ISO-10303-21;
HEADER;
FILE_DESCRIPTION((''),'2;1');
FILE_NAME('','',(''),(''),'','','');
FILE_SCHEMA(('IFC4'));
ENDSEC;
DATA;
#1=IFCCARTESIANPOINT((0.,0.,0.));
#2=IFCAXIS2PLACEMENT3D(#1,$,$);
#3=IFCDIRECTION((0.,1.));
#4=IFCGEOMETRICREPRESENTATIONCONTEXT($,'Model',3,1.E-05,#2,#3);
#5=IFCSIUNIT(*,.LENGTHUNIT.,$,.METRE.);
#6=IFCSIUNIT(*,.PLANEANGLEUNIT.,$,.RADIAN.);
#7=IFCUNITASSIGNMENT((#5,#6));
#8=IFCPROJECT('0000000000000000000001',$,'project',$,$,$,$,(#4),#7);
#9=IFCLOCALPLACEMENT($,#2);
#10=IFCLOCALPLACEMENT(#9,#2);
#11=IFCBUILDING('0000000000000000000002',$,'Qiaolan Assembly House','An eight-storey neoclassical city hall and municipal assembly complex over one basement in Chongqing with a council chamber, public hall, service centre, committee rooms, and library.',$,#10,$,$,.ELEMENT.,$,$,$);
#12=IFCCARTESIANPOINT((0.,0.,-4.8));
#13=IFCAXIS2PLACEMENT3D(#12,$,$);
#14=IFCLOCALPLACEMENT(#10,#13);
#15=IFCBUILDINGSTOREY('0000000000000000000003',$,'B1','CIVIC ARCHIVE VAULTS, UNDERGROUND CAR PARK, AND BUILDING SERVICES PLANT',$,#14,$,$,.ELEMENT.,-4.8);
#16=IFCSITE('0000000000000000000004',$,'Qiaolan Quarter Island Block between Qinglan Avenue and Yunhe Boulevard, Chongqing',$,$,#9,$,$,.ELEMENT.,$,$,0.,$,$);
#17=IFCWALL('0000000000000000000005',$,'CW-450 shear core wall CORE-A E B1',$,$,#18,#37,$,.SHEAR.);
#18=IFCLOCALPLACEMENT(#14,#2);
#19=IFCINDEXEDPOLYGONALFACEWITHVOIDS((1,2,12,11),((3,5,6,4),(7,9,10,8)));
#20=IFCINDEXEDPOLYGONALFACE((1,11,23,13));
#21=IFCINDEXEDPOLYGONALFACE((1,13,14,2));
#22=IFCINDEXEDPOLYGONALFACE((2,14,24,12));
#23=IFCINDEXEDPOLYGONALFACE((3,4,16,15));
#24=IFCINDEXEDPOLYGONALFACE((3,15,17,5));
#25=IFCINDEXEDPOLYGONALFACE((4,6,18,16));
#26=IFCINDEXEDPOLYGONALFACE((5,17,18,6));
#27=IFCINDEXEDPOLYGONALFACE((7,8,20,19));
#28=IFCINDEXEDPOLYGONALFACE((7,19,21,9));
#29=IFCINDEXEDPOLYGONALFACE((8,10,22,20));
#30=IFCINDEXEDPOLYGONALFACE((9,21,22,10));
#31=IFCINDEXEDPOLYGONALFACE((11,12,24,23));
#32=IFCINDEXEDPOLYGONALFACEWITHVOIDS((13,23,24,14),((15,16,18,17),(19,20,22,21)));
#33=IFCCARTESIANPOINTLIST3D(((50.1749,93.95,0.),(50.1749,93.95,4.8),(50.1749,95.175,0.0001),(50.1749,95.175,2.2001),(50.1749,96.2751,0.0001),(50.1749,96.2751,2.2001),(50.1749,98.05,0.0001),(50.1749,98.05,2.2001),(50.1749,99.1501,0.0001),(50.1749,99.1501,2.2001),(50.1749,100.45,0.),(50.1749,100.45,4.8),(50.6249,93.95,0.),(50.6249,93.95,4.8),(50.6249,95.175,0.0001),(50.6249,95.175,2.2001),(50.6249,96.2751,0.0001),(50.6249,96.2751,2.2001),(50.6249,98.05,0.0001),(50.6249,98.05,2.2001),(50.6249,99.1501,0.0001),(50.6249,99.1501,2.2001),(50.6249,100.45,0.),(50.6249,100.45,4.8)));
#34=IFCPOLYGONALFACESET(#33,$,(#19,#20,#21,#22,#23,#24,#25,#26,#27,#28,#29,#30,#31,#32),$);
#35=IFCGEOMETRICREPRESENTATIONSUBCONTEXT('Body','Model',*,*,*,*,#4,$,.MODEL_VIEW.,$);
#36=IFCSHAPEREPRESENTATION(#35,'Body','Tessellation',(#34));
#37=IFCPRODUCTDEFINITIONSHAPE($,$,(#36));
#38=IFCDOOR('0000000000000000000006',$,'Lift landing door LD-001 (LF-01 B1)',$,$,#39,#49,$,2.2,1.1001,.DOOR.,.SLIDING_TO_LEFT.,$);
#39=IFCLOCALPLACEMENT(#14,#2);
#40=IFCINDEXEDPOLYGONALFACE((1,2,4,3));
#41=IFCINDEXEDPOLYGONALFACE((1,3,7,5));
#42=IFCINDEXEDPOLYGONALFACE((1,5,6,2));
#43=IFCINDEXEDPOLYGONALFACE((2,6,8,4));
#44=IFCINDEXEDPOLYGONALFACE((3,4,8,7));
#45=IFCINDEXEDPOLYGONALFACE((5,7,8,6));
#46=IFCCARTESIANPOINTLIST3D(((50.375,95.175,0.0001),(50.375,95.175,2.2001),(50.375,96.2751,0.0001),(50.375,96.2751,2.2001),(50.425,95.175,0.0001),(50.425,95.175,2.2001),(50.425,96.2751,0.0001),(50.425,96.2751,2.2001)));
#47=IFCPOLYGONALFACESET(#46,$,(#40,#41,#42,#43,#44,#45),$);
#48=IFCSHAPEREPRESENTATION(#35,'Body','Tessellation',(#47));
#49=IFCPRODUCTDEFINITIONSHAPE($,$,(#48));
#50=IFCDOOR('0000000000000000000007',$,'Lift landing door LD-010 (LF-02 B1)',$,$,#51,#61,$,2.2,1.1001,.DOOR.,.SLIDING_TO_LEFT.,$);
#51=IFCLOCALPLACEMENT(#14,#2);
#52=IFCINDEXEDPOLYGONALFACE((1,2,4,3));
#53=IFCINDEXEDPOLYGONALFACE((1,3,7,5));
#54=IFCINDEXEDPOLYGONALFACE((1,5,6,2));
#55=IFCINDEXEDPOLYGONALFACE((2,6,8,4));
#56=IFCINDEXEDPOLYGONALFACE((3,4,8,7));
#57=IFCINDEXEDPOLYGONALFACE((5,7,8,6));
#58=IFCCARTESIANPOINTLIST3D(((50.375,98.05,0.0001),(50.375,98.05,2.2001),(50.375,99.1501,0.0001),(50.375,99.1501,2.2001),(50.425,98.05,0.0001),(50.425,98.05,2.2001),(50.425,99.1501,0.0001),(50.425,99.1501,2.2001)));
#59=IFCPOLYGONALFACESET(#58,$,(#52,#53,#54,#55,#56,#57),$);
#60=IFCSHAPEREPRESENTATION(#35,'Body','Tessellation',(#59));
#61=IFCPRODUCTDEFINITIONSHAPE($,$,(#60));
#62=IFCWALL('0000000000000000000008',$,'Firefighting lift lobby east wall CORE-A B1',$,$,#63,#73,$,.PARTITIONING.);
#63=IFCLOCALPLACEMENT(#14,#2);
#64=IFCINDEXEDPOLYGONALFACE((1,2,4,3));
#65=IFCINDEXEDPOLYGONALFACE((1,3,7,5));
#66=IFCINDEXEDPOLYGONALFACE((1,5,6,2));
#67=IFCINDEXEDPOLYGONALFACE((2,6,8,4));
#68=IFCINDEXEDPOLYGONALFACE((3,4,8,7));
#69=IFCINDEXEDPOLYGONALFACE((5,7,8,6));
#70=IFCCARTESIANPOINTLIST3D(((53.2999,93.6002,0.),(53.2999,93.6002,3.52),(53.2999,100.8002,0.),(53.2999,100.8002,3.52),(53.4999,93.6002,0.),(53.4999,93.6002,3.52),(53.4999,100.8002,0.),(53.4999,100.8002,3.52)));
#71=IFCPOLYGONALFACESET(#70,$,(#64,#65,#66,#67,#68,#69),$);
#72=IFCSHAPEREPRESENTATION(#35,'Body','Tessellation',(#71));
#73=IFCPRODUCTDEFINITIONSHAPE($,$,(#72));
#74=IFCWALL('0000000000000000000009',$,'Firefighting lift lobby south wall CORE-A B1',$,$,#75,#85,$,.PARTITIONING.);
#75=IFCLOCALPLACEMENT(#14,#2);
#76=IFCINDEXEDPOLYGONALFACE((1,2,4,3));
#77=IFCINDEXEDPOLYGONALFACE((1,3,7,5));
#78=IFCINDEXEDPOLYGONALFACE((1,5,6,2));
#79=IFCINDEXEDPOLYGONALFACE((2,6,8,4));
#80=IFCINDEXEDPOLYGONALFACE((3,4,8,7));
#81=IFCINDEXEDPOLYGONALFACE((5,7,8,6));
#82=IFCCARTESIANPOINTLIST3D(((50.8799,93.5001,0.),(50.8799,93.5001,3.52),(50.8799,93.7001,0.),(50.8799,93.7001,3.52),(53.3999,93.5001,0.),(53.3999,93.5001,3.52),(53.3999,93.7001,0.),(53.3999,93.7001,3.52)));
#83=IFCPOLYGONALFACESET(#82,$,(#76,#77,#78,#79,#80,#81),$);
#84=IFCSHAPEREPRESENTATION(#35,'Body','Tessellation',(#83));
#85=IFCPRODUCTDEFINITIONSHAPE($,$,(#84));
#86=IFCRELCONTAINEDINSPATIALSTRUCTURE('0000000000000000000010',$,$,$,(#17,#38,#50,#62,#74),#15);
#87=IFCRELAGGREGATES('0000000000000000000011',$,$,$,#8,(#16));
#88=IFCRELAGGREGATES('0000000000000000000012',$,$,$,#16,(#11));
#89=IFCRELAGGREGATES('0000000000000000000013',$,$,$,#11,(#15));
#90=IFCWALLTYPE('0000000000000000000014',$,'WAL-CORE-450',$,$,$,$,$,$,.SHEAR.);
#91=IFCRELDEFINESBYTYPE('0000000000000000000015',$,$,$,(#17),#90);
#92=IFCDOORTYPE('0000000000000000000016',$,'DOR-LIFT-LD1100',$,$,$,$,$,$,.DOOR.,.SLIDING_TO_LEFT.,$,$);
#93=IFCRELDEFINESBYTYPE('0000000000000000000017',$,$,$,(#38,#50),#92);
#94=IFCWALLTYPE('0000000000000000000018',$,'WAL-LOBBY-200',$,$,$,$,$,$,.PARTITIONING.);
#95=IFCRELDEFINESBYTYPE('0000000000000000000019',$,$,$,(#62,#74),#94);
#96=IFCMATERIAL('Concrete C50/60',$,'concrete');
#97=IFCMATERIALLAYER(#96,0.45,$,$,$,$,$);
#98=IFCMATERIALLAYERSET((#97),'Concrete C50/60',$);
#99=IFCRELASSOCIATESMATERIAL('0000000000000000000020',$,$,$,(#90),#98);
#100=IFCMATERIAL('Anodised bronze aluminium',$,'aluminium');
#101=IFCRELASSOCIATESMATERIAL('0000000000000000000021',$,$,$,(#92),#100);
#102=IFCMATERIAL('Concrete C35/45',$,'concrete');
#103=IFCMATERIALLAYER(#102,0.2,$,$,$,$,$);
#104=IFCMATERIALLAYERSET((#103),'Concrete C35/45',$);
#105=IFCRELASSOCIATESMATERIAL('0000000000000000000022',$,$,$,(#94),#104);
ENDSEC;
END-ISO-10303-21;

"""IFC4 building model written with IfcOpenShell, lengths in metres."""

from ifc_helpers import new_model, si_unit, direction, frame, frame_2d, origin, place, context, subcontext, project, spatial, rectangle, extrude, material, layer, layer_set, type_object, element, fill, save


model = new_model("IFC4")

# Units and contexts
model_context = context("Model", 3, precision=1e-05, world=origin(), true_north=direction((0.0, 1.0)))
body_context = subcontext(model_context, "Body", "Model", "MODEL_VIEW")
ifc_project = project(units=[si_unit("LENGTHUNIT", "METRE"), si_unit("PLANEANGLEUNIT", "RADIAN")], contexts=[model_context])

# Site, building, storey
site_placement = place(None, origin())
site = spatial("IfcSite", under=ifc_project, at=site_placement, Name="Qiaolan Quarter Island Block between Qinglan Avenue and Yunhe Boulevard, Chongqing", CompositionType="ELEMENT", RefElevation=0.0)
building_placement = place(site_placement, origin())
building = spatial("IfcBuilding", under=site, at=building_placement, Name="Qiaolan Assembly House", Description="An eight-storey neoclassical city hall and municipal assembly complex over one basement in Chongqing with a council chamber, public hall, service centre, committee rooms, and library.", CompositionType="ELEMENT")
storey_placement = place(building_placement, frame((0.0, 0.0, -4.8)))
storey = spatial("IfcBuildingStorey", under=building, at=storey_placement, Name="B1", Description="CIVIC ARCHIVE VAULTS, UNDERGROUND CAR PARK, AND BUILDING SERVICES PLANT", CompositionType="ELEMENT", Elevation=-4.8)

# Shared definitions
ifc_material_1 = material(Name="Concrete C50/60", Category="concrete")

# Wall, openings, doors
ifc_layer_1 = layer(ifc_material_1, 0.45)
ifc_layer_set_1 = layer_set([ifc_layer_1], Name="Concrete C50/60")
wall_type_1 = type_object("IfcWallType", Name="WAL-CORE-450", PredefinedType="SHEAR", material=ifc_layer_set_1)
wall_1_placement = place(storey_placement, frame((50.3999, 93.95, 0.0), z_axis=(0.0, 0.0, 1.0), x_axis=(0.0, 1.0, 0.0)))
wall_1 = element("IfcWall", 1, at=wall_1_placement, inside=storey, type_object=wall_type_1, Name="CW-450 shear core wall CORE-A E B1", PredefinedType="SHEAR", context=body_context, shape_type="SweptSolid", body=[
    extrude(rectangle(XDim=6.5, YDim=0.45, at=frame_2d((3.25, 0.0))), origin(), (0.0, 0.0, 1.0), 4.8),
])
opening_1_placement = place(wall_1_placement, frame((1.2251, 0.0, 0.0)))
opening_1 = element("IfcOpeningElement", 2, at=opening_1_placement, cuts=wall_1, PredefinedType="OPENING", context=body_context, shape_type="SweptSolid", body=[
    extrude(rectangle(XDim=1.1001, YDim=2.2, at=frame_2d((0.55, 1.1001))), frame((0.0, 0.2349, 0.0), z_axis=(0.0, -1.0, 0.0), x_axis=(1.0, 0.0, 0.0)), (0.0, 0.0, 1.0), 0.47),
])
opening_2_placement = place(wall_1_placement, frame((4.1001, 0.0, 0.0)))
opening_2 = element("IfcOpeningElement", 3, at=opening_2_placement, cuts=wall_1, PredefinedType="OPENING", context=body_context, shape_type="SweptSolid", body=[
    extrude(rectangle(XDim=1.1001, YDim=2.2, at=frame_2d((0.55, 1.1001))), frame((0.0, 0.2349, 0.0), z_axis=(0.0, -1.0, 0.0), x_axis=(1.0, 0.0, 0.0)), (0.0, 0.0, 1.0), 0.47),
])
ifc_material_2 = material(Name="Anodised bronze aluminium", Category="aluminium")
door_type = type_object("IfcDoorType", Name="DOR-LIFT-LD1100", OperationType="SLIDING_TO_LEFT", PredefinedType="DOOR", material=ifc_material_2)
door_1_placement = place(opening_1_placement, origin())
door_1 = element("IfcDoor", 4, at=door_1_placement, inside=storey, type_object=door_type, Name="Lift landing door LD-001 (LF-01 B1)", OperationType="SLIDING_TO_LEFT", OverallHeight=2.2, OverallWidth=1.1001, PredefinedType="DOOR", context=body_context, shape_type="SweptSolid", body=[
    extrude(rectangle(XDim=1.1001, YDim=2.2, at=frame_2d((0.55, 1.1001))), frame((0.0, 0.0249, 0.0), z_axis=(0.0, -1.0, 0.0), x_axis=(1.0, 0.0, 0.0)), (0.0, 0.0, 1.0), 0.05),
])
fill(opening_1, door_1)
door_2_placement = place(opening_2_placement, origin())
door_2 = element("IfcDoor", 5, at=door_2_placement, inside=storey, type_object=door_type, Name="Lift landing door LD-010 (LF-02 B1)", OperationType="SLIDING_TO_LEFT", OverallHeight=2.2, OverallWidth=1.1001, PredefinedType="DOOR", context=body_context, shape_type="SweptSolid", body=[
    extrude(rectangle(XDim=1.1001, YDim=2.2, at=frame_2d((0.55, 1.1001))), frame((0.0, 0.0249, 0.0), z_axis=(0.0, -1.0, 0.0), x_axis=(1.0, 0.0, 0.0)), (0.0, 0.0, 1.0), 0.05),
])
fill(opening_2, door_2)

# Walls
ifc_material_3 = material(Name="Concrete C35/45", Category="concrete")
ifc_layer_2 = layer(ifc_material_3, 0.2)
ifc_layer_set_2 = layer_set([ifc_layer_2], Name="Concrete C35/45")
wall_type_2 = type_object("IfcWallType", Name="WAL-LOBBY-200", PredefinedType="PARTITIONING", material=ifc_layer_set_2)
wall_2_placement = place(storey_placement, frame((53.3999, 93.6001, 0.0), z_axis=(0.0, 0.0, 1.0), x_axis=(0.0, 1.0, 0.0)))
element("IfcWall", 6, at=wall_2_placement, inside=storey, type_object=wall_type_2, Name="Firefighting lift lobby east wall CORE-A B1", PredefinedType="PARTITIONING", context=body_context, shape_type="SweptSolid", body=[
    extrude(rectangle(XDim=7.2, YDim=0.2, at=frame_2d((3.6001, 0.0))), origin(), (0.0, 0.0, 1.0), 3.52),
])
wall_3_placement = place(storey_placement, frame((50.8799, 93.6001, 0.0), z_axis=(0.0, 0.0, 1.0), x_axis=(1.0, 0.0, 0.0)))
element("IfcWall", 7, at=wall_3_placement, inside=storey, type_object=wall_type_2, Name="Firefighting lift lobby south wall CORE-A B1", PredefinedType="PARTITIONING", context=body_context, shape_type="SweptSolid", body=[
    extrude(rectangle(XDim=2.52, YDim=0.2, at=frame_2d((1.26, 0.0))), origin(), (0.0, 0.0, 1.0), 3.52),
])

save(model, "model.ifc")
